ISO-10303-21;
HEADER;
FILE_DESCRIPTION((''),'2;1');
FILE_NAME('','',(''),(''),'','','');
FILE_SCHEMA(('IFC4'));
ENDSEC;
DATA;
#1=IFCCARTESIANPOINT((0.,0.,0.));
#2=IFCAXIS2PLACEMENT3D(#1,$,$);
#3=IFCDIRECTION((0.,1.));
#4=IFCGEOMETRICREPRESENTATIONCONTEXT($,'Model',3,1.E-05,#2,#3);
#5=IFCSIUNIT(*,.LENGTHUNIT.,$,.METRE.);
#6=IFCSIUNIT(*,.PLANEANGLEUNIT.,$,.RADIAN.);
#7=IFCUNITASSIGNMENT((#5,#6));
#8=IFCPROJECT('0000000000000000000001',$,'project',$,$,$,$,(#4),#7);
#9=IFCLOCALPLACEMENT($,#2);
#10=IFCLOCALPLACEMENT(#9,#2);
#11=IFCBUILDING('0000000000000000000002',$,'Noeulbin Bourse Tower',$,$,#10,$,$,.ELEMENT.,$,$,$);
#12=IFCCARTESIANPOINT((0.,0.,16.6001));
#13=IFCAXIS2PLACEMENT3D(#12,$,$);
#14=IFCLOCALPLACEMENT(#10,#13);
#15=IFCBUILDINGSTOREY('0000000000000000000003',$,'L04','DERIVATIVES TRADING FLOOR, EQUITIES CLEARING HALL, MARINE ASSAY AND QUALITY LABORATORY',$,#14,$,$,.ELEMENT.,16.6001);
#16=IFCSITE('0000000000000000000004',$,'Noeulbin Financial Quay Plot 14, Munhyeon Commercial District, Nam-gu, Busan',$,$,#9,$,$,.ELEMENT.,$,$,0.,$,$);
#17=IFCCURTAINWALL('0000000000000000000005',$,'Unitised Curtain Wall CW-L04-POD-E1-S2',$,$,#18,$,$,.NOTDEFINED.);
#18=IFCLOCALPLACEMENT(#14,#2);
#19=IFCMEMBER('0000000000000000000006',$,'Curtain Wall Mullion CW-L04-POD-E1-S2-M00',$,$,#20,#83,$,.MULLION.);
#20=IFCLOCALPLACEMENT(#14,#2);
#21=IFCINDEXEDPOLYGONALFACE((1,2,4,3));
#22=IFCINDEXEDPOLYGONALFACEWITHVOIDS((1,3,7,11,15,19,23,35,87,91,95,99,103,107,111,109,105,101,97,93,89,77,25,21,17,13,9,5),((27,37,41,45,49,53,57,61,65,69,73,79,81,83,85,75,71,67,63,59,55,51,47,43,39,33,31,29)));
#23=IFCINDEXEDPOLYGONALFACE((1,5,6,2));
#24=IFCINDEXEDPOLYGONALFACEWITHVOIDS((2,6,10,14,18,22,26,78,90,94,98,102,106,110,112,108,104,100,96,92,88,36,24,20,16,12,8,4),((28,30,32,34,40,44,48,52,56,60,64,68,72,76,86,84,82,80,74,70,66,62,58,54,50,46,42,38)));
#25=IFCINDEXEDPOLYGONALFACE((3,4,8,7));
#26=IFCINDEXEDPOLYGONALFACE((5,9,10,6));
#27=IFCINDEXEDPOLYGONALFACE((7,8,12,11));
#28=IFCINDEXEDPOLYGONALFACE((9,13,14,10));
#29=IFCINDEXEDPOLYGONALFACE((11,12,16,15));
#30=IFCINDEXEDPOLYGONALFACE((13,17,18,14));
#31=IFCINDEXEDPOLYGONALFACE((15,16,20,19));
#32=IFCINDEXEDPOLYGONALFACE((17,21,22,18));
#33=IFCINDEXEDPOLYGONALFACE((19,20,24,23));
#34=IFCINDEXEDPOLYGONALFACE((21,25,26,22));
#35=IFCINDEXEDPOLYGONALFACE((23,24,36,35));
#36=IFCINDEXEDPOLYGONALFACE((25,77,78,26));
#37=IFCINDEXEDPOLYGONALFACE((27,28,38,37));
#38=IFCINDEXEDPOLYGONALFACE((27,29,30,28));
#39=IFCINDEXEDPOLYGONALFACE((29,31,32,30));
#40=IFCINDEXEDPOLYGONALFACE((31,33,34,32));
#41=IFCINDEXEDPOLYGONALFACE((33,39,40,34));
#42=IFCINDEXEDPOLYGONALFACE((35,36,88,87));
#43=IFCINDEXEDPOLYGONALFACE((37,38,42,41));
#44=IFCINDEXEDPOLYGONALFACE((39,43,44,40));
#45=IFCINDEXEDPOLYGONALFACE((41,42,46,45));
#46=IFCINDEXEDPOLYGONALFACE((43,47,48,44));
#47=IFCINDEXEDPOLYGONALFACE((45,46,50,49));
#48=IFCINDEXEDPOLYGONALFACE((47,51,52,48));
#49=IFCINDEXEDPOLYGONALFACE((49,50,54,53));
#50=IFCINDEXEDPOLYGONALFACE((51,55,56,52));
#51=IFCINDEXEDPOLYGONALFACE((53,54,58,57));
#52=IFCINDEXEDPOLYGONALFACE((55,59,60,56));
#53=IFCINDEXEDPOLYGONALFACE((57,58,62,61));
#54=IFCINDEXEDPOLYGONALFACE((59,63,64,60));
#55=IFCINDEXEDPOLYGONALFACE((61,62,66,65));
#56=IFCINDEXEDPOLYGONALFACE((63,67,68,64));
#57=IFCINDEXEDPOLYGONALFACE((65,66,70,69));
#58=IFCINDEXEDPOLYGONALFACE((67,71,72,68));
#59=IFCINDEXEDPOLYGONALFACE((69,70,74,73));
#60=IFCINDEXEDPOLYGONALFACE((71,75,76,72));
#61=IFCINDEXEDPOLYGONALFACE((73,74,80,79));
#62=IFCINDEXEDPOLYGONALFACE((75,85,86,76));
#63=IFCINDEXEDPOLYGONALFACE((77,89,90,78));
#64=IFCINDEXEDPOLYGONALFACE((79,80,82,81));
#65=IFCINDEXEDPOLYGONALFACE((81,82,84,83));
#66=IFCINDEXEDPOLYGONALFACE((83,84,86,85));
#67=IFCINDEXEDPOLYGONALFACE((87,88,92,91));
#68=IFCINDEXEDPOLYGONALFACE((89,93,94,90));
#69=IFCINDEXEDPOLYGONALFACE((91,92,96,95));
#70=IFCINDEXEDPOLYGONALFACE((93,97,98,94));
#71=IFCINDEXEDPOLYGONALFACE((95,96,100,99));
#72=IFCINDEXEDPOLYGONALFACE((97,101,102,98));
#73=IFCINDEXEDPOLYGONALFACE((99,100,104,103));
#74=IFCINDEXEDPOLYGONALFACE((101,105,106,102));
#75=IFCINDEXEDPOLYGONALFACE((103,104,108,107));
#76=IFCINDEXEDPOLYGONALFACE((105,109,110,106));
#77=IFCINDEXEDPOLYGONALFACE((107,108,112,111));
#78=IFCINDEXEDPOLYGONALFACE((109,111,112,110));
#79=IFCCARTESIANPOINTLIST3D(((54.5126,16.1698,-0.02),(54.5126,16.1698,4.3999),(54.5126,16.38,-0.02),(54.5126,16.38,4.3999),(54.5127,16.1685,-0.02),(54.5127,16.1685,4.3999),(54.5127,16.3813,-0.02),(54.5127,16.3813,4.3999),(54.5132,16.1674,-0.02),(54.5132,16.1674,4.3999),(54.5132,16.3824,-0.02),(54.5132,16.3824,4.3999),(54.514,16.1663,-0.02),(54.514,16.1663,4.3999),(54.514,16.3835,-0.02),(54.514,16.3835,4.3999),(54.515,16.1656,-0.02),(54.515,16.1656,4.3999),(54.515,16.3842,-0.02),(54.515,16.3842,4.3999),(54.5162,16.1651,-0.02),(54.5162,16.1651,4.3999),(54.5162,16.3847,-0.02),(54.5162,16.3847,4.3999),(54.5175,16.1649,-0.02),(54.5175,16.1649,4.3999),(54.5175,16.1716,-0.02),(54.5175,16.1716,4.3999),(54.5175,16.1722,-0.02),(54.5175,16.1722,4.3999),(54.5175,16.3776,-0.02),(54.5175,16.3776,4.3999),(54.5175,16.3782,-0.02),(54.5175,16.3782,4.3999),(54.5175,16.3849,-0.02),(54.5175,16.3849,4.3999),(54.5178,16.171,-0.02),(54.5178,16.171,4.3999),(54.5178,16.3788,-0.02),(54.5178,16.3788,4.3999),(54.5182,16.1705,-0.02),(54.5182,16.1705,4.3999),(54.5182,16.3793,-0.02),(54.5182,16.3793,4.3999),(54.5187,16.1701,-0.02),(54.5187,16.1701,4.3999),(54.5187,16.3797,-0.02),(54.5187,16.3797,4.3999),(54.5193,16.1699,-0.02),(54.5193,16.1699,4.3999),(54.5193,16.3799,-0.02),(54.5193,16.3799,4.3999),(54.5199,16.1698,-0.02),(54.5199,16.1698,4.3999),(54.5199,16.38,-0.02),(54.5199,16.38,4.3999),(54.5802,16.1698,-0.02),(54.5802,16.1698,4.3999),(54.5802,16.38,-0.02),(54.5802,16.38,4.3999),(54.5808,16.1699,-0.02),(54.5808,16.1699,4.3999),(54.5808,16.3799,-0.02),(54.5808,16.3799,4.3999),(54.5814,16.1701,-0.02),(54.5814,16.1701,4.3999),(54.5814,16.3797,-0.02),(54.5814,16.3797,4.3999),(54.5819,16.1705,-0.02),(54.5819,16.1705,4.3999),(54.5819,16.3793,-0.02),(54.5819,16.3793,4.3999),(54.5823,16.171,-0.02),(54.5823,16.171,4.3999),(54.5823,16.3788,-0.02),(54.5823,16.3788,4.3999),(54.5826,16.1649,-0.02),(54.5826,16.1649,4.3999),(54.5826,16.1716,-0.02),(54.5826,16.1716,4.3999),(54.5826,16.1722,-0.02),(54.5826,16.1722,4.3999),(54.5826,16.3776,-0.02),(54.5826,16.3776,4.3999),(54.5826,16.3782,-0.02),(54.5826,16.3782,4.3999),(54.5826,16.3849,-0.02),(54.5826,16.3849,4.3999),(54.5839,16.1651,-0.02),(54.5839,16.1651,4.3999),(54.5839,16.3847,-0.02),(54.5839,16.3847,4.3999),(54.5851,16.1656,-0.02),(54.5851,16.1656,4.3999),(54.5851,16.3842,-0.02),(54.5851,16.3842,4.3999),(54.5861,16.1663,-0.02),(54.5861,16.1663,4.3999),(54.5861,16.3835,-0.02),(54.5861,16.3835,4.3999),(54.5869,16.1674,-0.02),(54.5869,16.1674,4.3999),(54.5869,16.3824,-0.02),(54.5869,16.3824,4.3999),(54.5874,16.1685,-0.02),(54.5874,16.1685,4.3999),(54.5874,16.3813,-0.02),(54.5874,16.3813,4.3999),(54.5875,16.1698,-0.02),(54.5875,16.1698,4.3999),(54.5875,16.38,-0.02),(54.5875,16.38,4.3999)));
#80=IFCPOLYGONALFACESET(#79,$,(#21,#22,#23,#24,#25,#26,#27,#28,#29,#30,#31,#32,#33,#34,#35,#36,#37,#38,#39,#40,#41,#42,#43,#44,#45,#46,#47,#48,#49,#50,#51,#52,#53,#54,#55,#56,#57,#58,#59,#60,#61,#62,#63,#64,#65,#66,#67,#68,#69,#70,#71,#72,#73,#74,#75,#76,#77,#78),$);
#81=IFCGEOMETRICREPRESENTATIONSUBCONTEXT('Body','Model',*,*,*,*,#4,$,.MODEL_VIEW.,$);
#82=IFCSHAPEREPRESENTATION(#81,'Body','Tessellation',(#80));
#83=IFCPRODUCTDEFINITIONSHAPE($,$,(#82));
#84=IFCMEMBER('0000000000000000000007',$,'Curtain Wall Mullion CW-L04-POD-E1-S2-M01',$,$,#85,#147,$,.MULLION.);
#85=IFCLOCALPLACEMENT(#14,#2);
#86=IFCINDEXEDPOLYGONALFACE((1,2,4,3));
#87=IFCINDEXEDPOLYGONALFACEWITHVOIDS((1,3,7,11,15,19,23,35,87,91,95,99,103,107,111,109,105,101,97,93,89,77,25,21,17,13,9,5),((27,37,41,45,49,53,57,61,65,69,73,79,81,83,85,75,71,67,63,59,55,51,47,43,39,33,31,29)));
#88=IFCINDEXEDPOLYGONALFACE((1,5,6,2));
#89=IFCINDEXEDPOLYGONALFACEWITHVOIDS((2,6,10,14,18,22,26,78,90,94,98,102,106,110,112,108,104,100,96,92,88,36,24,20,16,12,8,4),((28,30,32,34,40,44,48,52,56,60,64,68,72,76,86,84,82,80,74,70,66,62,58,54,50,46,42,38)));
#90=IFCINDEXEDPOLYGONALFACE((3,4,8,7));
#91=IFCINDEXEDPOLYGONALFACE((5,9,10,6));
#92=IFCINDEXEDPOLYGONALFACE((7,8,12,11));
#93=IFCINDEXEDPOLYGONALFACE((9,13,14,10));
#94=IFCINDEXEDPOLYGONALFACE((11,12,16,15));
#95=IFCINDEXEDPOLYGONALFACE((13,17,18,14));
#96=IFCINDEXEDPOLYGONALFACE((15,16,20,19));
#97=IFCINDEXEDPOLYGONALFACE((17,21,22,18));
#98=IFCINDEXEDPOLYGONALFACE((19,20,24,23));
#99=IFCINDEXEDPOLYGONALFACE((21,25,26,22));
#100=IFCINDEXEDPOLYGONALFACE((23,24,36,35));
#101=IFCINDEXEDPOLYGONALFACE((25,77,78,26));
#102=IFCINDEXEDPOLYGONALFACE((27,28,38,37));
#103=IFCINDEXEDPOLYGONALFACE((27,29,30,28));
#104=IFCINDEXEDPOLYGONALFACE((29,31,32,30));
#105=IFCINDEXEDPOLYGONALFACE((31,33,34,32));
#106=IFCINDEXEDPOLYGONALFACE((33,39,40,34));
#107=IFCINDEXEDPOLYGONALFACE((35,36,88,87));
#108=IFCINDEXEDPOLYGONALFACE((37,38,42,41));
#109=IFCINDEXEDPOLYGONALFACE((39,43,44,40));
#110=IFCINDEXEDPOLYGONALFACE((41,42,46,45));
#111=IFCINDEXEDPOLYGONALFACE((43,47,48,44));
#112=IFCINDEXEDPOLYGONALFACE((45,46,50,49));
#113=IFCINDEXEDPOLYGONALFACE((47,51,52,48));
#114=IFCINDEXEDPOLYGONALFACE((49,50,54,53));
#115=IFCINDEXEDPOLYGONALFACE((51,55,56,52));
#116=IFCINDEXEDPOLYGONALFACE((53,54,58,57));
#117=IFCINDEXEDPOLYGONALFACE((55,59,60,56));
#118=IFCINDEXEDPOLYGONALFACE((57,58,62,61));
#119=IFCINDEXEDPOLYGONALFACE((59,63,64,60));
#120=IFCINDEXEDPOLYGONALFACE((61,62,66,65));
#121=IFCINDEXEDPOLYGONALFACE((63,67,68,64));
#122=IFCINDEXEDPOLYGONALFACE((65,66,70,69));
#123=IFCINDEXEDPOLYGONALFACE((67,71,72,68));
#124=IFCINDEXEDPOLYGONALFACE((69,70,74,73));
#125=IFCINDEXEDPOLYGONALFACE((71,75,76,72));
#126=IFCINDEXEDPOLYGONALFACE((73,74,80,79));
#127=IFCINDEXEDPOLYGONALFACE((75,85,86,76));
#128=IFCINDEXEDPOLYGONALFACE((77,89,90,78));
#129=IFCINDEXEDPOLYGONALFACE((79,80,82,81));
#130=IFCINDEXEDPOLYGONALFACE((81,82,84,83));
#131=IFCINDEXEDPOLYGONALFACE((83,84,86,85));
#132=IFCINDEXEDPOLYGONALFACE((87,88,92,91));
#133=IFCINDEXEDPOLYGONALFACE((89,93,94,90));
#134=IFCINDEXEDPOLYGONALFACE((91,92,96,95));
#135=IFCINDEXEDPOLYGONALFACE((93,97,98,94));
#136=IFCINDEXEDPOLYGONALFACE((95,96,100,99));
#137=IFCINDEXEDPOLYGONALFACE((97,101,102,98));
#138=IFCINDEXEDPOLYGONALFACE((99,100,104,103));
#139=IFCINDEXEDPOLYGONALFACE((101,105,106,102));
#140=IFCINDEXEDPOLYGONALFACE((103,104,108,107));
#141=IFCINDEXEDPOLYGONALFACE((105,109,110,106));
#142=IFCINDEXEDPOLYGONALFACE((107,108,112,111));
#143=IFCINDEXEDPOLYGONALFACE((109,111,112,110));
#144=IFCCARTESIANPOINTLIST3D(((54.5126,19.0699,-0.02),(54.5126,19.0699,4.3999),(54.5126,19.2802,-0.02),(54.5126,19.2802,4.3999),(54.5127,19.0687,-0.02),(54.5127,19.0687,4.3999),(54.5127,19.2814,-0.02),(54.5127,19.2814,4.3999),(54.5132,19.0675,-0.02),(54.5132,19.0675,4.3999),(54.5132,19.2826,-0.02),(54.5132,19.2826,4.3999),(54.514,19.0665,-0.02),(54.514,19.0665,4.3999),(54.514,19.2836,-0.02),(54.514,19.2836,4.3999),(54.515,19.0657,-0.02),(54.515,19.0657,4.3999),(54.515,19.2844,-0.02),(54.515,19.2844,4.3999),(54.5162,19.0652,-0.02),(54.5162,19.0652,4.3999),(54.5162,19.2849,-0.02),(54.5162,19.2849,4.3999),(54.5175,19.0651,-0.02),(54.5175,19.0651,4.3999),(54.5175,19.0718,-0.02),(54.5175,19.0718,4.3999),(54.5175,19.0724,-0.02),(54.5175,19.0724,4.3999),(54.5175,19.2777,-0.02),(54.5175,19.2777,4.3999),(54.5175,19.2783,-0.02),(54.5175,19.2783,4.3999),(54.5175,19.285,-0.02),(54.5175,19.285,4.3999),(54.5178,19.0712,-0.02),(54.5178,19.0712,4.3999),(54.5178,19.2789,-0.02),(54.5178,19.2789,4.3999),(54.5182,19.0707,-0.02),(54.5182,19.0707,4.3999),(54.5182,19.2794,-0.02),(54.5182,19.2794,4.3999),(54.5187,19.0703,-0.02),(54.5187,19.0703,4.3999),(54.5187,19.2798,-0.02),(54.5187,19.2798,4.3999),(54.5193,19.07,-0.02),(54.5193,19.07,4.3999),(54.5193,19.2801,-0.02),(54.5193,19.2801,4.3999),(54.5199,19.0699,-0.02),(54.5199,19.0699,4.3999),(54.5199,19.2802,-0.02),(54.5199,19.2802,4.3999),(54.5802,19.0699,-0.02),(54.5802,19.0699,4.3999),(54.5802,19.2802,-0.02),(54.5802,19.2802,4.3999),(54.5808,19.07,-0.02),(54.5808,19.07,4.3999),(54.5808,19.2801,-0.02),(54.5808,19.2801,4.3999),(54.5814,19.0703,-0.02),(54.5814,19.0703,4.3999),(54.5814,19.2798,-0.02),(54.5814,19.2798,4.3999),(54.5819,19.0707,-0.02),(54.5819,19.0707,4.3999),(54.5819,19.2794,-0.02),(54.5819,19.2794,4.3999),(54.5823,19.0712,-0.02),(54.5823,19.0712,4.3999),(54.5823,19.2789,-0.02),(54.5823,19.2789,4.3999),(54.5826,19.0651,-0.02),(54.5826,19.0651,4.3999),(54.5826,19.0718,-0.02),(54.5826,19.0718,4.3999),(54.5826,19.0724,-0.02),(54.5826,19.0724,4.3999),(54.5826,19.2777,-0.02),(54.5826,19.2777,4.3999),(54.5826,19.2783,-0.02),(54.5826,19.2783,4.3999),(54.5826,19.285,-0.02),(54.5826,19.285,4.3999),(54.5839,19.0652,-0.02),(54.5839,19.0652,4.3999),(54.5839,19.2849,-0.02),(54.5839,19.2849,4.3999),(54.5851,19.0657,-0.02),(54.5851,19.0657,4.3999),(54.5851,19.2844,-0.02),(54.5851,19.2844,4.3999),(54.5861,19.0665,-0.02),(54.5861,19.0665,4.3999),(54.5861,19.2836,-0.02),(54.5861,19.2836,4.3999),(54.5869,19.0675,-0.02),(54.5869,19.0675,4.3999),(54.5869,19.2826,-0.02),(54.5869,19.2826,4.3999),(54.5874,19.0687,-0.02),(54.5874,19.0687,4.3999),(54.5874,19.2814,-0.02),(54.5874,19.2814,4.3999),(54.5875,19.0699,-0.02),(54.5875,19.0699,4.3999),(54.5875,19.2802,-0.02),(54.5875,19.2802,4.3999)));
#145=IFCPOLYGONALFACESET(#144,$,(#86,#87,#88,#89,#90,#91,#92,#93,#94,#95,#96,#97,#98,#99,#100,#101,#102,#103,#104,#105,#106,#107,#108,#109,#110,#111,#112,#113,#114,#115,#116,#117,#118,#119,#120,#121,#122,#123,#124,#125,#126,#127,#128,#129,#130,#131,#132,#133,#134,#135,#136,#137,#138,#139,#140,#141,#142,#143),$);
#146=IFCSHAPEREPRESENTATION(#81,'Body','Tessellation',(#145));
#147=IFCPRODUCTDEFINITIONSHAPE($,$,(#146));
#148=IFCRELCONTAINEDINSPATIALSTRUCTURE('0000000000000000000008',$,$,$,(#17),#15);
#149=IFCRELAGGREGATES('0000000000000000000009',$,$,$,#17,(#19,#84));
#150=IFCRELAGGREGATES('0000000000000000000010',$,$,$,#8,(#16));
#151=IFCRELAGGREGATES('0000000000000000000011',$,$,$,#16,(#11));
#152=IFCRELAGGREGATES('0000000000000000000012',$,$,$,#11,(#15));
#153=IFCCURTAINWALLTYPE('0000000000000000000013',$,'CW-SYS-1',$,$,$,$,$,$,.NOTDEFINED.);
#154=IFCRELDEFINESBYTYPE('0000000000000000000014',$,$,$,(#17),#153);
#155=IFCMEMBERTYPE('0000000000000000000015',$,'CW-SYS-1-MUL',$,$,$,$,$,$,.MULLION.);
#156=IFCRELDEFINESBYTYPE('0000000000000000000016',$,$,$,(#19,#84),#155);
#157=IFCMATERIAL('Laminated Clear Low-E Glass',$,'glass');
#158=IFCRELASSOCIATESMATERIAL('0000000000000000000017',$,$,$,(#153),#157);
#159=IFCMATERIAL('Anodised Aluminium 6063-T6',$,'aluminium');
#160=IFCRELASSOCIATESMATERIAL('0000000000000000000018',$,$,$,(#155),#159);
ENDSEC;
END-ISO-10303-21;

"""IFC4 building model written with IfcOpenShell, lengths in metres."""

from ifc_helpers import new_model, si_unit, direction, frame, origin, origin_2d, place, context, subcontext, project, spatial, hollow_rectangle, extrude, material, material_profile, profile_set, type_object, element, aggregate, save


model = new_model("IFC4")

# Units and contexts
model_context = context("Model", 3, precision=1e-05, world=origin(), true_north=direction((0.0, 1.0)))
body_context = subcontext(model_context, "Body", "Model", "MODEL_VIEW")
ifc_project = project(units=[si_unit("LENGTHUNIT", "METRE"), si_unit("PLANEANGLEUNIT", "RADIAN")], contexts=[model_context])

# Site, building, storey
site_placement = place(None, origin())
site = spatial("IfcSite", under=ifc_project, at=site_placement, Name="Noeulbin Financial Quay Plot 14, Munhyeon Commercial District, Nam-gu, Busan", CompositionType="ELEMENT", RefElevation=0.0)
building_placement = place(site_placement, origin())
building = spatial("IfcBuilding", under=site, at=building_placement, Name="Noeulbin Bourse Tower", CompositionType="ELEMENT")
storey_placement = place(building_placement, frame((0.0, 0.0, 16.6001)))
storey = spatial("IfcBuildingStorey", under=building, at=storey_placement, Name="L04", Description="DERIVATIVES TRADING FLOOR, EQUITIES CLEARING HALL, MARINE ASSAY AND QUALITY LABORATORY", CompositionType="ELEMENT", Elevation=16.6001)

# Curtain wall, members
ifc_material_1 = material(Name="Laminated Clear Low-E Glass", Category="glass")
curtain_wall_type = type_object("IfcCurtainWallType", Name="CW-SYS-1", PredefinedType="NOTDEFINED", material=ifc_material_1)
curtain_wall_placement = place(storey_placement, origin())
curtain_wall = element("IfcCurtainWall", 1, at=curtain_wall_placement, inside=storey, type_object=curtain_wall_type, Name="Unitised Curtain Wall CW-L04-POD-E1-S2", PredefinedType="NOTDEFINED")
ifc_material_2 = material(Name="Anodised Aluminium 6063-T6", Category="aluminium")
ifc_material_profile_1 = material_profile(ifc_material_2, hollow_rectangle(XDim=0.075, YDim=0.22, WallThickness=0.0049, InnerFilletRadius=0.0024, OuterFilletRadius=0.0049, at=origin_2d()), Name="ALU-MULL-75x220x5", Category="LoadBearing")
ifc_profile_set_1 = profile_set([ifc_material_profile_1], Name="Anodised Aluminium 6063-T6")
member_type_1 = type_object("IfcMemberType", Name="CW-SYS-1-MUL", PredefinedType="MULLION", material=ifc_profile_set_1)
member_1_placement = place(storey_placement, frame((54.55, 16.2749, -0.02), z_axis=(0.0, 0.0, 1.0), x_axis=(1.0, 0.0, 0.0)))
member_1 = element("IfcMember", 2, at=member_1_placement, type_object=member_type_1, Name="Curtain Wall Mullion CW-L04-POD-E1-S2-M00", PredefinedType="MULLION", context=body_context, shape_type="SweptSolid", body=[
    extrude(hollow_rectangle(XDim=0.075, YDim=0.22, WallThickness=0.0049, InnerFilletRadius=0.0024, OuterFilletRadius=0.0049, at=origin_2d()), origin(), (0.0, 0.0, 1.0), 4.4199),
])
member_2_placement = place(storey_placement, frame((54.55, 19.175, -0.02), z_axis=(0.0, 0.0, 1.0), x_axis=(1.0, 0.0, 0.0)))
member_2 = element("IfcMember", 3, at=member_2_placement, type_object=member_type_1, Name="Curtain Wall Mullion CW-L04-POD-E1-S2-M01", PredefinedType="MULLION", context=body_context, shape_type="SweptSolid", body=[
    extrude(hollow_rectangle(XDim=0.075, YDim=0.22, WallThickness=0.0049, InnerFilletRadius=0.0024, OuterFilletRadius=0.0049, at=origin_2d()), origin(), (0.0, 0.0, 1.0), 4.4199),
])
aggregate(curtain_wall, [member_1, member_2])

save(model, "model.ifc")
